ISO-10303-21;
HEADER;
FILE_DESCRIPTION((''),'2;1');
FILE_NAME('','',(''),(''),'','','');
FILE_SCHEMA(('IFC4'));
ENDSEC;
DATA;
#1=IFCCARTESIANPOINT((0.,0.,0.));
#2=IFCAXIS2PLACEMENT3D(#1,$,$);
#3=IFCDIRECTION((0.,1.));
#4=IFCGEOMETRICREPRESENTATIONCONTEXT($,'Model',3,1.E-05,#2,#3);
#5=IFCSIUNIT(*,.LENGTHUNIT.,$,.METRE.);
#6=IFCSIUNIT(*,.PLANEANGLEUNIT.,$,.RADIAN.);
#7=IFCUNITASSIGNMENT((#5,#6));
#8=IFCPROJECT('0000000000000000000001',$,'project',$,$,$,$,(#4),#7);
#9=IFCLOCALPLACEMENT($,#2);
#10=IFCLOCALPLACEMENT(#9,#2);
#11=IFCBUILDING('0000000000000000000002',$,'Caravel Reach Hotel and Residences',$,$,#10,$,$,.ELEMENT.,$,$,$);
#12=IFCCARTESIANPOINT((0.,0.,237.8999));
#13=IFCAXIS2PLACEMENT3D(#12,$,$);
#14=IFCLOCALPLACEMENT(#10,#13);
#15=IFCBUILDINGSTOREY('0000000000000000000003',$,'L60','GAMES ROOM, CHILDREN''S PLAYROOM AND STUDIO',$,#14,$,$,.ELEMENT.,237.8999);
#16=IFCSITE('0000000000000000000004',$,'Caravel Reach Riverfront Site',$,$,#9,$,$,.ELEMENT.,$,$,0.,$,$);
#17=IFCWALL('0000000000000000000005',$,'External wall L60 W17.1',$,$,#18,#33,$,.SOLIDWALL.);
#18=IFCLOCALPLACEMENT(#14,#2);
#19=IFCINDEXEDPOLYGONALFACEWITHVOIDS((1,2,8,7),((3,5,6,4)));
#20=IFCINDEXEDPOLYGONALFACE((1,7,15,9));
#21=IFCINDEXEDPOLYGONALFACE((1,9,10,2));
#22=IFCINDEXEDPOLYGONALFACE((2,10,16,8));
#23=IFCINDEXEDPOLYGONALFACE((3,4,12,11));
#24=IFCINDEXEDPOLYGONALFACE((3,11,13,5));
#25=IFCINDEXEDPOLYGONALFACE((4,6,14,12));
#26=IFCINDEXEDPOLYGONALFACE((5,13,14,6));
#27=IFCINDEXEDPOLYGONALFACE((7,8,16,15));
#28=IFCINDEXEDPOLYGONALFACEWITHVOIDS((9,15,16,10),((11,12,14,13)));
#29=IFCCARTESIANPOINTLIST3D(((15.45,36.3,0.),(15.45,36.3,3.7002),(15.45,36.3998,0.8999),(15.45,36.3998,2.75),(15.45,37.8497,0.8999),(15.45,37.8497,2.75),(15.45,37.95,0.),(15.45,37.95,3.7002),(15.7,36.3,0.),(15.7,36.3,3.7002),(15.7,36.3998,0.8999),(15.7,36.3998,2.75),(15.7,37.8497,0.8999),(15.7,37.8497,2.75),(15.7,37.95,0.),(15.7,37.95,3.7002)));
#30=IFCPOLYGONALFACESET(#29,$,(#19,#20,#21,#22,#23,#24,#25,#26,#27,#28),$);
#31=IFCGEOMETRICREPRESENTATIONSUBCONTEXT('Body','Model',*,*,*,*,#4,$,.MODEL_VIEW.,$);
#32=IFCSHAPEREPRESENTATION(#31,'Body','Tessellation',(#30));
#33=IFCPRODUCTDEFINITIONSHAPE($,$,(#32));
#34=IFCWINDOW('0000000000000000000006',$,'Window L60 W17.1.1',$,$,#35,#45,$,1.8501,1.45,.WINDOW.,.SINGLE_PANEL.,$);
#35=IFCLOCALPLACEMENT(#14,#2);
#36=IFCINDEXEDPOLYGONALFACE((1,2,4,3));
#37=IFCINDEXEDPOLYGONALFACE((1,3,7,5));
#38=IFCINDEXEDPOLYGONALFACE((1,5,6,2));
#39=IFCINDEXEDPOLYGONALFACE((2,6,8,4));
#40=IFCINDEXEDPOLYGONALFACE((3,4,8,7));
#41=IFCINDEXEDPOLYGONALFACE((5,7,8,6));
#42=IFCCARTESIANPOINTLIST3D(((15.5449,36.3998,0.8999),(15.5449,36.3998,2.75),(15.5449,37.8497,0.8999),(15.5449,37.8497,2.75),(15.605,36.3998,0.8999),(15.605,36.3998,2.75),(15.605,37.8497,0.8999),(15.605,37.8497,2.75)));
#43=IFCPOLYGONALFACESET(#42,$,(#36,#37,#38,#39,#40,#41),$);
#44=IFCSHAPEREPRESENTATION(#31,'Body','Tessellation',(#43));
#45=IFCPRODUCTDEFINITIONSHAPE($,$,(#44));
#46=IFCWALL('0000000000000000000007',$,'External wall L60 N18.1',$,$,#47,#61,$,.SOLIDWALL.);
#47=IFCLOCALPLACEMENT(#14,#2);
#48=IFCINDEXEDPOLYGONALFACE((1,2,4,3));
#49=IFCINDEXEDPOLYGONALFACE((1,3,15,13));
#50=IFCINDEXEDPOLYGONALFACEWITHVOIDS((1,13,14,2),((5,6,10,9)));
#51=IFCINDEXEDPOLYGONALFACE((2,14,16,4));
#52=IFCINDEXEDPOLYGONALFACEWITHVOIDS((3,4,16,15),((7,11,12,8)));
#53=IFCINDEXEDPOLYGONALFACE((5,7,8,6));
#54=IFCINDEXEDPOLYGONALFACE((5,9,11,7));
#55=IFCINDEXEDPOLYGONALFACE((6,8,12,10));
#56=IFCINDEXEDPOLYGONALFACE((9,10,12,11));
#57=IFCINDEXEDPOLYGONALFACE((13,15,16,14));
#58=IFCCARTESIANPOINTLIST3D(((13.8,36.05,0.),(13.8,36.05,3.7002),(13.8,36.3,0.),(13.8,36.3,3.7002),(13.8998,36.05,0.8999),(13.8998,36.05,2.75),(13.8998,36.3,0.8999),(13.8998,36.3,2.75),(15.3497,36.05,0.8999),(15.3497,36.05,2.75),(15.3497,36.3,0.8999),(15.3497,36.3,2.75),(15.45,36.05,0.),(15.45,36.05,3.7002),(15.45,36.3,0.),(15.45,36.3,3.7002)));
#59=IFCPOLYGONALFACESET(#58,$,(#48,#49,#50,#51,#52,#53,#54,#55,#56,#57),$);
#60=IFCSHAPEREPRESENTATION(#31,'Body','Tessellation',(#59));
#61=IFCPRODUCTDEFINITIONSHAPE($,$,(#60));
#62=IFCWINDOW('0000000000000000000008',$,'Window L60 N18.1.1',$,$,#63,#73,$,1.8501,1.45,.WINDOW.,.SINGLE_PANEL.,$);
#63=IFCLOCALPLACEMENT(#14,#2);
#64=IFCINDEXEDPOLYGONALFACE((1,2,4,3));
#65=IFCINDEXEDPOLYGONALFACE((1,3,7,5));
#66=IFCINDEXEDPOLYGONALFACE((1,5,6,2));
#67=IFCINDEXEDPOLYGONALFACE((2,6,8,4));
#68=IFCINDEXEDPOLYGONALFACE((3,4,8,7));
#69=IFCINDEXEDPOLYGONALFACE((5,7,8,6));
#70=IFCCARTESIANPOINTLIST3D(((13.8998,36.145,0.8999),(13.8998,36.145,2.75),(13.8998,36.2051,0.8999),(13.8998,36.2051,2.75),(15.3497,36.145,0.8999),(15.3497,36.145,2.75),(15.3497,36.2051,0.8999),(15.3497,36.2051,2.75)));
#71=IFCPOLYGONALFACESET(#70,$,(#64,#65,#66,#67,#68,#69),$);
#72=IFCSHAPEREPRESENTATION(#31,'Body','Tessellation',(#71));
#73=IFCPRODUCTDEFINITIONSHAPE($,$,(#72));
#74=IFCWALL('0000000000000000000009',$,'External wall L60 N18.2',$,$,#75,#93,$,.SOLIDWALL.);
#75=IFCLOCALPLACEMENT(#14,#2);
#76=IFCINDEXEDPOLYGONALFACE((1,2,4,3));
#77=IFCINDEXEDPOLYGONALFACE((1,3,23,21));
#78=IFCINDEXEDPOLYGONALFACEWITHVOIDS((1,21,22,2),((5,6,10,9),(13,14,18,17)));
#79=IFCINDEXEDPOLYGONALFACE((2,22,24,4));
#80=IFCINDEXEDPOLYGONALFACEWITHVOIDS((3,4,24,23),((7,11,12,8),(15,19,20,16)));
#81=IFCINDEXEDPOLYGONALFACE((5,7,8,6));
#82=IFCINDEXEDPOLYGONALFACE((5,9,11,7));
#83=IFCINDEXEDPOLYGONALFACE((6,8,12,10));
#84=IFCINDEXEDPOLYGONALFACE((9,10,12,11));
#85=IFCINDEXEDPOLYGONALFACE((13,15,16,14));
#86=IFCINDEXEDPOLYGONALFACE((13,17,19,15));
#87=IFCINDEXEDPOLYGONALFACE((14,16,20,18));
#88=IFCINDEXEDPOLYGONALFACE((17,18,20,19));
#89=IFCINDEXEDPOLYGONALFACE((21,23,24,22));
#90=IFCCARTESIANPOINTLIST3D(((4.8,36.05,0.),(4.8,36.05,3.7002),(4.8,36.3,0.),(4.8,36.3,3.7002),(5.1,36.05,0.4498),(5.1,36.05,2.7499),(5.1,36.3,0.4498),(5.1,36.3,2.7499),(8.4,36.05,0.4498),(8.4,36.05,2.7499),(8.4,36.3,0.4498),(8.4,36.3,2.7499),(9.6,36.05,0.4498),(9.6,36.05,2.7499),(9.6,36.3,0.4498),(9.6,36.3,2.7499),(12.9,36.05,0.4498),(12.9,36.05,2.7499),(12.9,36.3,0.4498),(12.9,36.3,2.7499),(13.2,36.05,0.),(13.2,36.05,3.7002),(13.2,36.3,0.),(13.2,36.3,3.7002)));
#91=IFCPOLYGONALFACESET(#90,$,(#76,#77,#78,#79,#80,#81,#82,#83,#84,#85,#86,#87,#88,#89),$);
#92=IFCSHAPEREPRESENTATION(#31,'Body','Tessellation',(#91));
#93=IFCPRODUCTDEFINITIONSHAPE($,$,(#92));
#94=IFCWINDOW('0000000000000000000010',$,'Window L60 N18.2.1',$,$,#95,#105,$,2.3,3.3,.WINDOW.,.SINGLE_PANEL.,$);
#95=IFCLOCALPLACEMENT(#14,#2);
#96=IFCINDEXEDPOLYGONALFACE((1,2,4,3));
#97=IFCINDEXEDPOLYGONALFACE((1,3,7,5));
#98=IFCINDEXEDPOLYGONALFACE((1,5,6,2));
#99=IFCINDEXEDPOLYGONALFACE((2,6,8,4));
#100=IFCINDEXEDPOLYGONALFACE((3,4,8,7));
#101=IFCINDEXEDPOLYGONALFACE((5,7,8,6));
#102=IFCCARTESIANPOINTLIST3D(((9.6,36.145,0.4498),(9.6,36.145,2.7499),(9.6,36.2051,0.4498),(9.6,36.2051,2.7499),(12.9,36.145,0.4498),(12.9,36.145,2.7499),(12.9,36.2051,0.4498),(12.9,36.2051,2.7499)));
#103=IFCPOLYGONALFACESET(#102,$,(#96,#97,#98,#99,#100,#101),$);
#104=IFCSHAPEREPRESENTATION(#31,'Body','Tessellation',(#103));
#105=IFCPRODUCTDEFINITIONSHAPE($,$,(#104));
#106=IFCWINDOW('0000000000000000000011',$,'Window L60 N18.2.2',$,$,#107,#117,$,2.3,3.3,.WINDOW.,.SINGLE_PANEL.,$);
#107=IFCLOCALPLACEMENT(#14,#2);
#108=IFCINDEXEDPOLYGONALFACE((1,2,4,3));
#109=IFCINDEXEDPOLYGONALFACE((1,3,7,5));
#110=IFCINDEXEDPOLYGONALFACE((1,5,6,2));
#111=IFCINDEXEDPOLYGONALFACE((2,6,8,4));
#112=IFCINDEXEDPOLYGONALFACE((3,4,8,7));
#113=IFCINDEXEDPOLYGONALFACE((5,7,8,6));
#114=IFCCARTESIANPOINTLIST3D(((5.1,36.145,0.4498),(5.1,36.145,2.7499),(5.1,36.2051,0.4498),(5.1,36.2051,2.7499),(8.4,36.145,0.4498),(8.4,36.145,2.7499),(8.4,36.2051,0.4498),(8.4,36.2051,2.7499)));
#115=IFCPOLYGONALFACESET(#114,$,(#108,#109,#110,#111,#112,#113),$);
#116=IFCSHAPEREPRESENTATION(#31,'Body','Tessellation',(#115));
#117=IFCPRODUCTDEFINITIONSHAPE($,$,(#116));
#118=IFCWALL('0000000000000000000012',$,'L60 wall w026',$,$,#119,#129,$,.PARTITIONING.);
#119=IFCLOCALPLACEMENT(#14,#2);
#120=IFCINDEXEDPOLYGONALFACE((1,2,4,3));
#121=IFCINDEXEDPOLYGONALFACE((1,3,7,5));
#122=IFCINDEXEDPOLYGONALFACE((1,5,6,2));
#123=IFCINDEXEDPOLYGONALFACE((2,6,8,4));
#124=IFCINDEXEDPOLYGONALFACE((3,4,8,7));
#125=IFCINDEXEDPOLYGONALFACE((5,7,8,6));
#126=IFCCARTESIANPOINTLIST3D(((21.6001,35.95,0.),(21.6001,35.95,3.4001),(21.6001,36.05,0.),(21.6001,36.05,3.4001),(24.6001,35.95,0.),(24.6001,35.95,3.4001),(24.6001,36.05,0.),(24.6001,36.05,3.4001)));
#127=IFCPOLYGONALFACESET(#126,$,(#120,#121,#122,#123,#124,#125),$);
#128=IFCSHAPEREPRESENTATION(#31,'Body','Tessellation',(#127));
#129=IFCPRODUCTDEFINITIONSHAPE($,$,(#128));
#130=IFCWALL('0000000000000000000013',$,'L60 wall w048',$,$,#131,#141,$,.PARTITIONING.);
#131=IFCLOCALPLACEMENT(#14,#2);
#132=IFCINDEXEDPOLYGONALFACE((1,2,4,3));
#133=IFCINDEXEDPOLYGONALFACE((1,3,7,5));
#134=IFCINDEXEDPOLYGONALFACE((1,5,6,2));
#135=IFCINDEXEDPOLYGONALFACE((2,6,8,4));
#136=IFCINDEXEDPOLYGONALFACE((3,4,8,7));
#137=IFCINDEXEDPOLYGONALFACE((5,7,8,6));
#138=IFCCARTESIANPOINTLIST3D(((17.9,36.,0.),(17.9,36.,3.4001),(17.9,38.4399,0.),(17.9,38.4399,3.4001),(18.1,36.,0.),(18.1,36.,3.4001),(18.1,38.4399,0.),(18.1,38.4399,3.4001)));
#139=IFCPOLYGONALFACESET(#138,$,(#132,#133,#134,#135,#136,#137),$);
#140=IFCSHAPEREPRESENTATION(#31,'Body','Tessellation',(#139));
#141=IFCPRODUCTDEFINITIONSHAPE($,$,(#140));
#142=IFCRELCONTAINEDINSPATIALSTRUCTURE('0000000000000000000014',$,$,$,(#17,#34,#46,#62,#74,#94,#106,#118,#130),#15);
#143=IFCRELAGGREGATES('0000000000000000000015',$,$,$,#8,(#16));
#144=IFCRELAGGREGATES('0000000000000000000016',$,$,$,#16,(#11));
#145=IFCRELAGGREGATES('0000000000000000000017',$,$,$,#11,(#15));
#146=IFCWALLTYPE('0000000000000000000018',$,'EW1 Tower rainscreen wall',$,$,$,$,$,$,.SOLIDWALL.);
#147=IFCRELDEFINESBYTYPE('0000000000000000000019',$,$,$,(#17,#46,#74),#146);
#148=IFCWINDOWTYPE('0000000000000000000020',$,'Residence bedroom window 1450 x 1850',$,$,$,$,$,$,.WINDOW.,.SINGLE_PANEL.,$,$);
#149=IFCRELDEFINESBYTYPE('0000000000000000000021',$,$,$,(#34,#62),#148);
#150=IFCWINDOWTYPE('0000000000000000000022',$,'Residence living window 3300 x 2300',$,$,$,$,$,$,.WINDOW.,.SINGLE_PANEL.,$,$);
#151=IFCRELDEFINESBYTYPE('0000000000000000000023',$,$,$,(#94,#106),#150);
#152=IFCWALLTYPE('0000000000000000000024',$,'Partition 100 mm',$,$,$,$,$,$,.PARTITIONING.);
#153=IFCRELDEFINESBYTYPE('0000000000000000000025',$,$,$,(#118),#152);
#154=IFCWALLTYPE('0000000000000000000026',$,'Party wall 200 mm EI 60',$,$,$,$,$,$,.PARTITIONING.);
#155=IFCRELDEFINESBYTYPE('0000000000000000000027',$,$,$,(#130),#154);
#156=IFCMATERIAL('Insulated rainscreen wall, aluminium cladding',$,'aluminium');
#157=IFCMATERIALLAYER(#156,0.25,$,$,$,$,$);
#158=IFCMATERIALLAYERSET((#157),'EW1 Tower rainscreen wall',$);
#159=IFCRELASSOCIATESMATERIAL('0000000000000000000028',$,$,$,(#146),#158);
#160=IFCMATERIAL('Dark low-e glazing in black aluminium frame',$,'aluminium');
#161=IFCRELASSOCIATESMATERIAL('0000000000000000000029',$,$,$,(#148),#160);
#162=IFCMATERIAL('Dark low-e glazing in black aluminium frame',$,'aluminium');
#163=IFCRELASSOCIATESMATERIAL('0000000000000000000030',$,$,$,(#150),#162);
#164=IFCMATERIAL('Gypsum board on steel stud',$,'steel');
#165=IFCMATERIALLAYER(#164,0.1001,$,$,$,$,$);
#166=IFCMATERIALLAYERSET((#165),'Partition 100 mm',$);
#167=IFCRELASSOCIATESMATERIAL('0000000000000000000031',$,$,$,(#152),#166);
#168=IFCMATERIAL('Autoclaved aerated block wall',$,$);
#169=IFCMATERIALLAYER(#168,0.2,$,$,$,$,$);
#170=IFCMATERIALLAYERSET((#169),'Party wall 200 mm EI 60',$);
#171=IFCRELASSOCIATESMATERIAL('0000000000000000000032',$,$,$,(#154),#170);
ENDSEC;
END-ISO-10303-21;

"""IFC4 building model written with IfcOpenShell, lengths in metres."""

from ifc_helpers import new_model, si_unit, direction, frame, frame_2d, origin, place, context, subcontext, project, spatial, rectangle, extrude, material, layer, layer_set, type_object, element, fill, save


model = new_model("IFC4")

# Units and contexts
model_context = context("Model", 3, precision=1e-05, world=origin(), true_north=direction((0.0, 1.0)))
body_context = subcontext(model_context, "Body", "Model", "MODEL_VIEW")
ifc_project = project(units=[si_unit("LENGTHUNIT", "METRE"), si_unit("PLANEANGLEUNIT", "RADIAN")], contexts=[model_context])

# Site, building, storey
site_placement = place(None, origin())
site = spatial("IfcSite", under=ifc_project, at=site_placement, Name="Caravel Reach Riverfront Site", CompositionType="ELEMENT", RefElevation=0.0)
building_placement = place(site_placement, origin())
building = spatial("IfcBuilding", under=site, at=building_placement, Name="Caravel Reach Hotel and Residences", CompositionType="ELEMENT")
storey_placement = place(building_placement, frame((0.0, 0.0, 237.8999)))
storey = spatial("IfcBuildingStorey", under=building, at=storey_placement, Name="L60", Description="GAMES ROOM, CHILDREN'S PLAYROOM AND STUDIO", CompositionType="ELEMENT", Elevation=237.8999)

# Walls, openings, windows
ifc_material_1 = material(Name="Insulated rainscreen wall, aluminium cladding", Category="aluminium")
ifc_layer_1 = layer(ifc_material_1, 0.25)
ifc_layer_set_1 = layer_set([ifc_layer_1], Name="EW1 Tower rainscreen wall")
wall_type_1 = type_object("IfcWallType", Name="EW1 Tower rainscreen wall", PredefinedType="SOLIDWALL", material=ifc_layer_set_1)
ifc_material_2 = material(Name="Dark low-e glazing in black aluminium frame", Category="aluminium")
window_type_1 = type_object("IfcWindowType", Name="Residence bedroom window 1450 x 1850", PartitioningType="SINGLE_PANEL", PredefinedType="WINDOW", material=ifc_material_2)
wall_1_placement = place(storey_placement, frame((15.575, 37.95, 0.0), z_axis=(0.0, 0.0, 1.0), x_axis=(0.0, -1.0, 0.0)))
wall_1 = element("IfcWall", 1, at=wall_1_placement, inside=storey, type_object=wall_type_1, Name="External wall L60 W17.1", PredefinedType="SOLIDWALL", context=body_context, shape_type="SweptSolid", body=[
    extrude(rectangle(XDim=1.6499, YDim=0.25, at=frame_2d((0.825, 0.0))), origin(), (0.0, 0.0, 1.0), 3.7002),
])
opening_1_placement = place(wall_1_placement, frame((0.1001, 0.0, 0.8999)))
opening_1 = element("IfcOpeningElement", 2, at=opening_1_placement, cuts=wall_1, PredefinedType="OPENING", context=body_context, shape_type="SweptSolid", body=[
    extrude(rectangle(XDim=1.45, YDim=1.8501, at=frame_2d((0.7251, 0.925))), frame((0.0, 0.135, 0.0), z_axis=(0.0, -1.0, 0.0), x_axis=(1.0, 0.0, 0.0)), (0.0, 0.0, 1.0), 0.27),
])
window_1_placement = place(opening_1_placement, origin())
window_1 = element("IfcWindow", 3, at=window_1_placement, inside=storey, type_object=window_type_1, Name="Window L60 W17.1.1", OverallHeight=1.8501, OverallWidth=1.45, PartitioningType="SINGLE_PANEL", PredefinedType="WINDOW", context=body_context, shape_type="SweptSolid", body=[
    extrude(rectangle(XDim=1.45, YDim=1.8501, at=frame_2d((0.7251, 0.925))), frame((0.0, 0.03, 0.0), z_axis=(0.0, -1.0, 0.0), x_axis=(1.0, 0.0, 0.0)), (0.0, 0.0, 1.0), 0.0601),
])
fill(opening_1, window_1)
wall_2_placement = place(storey_placement, frame((15.45, 36.175, 0.0), z_axis=(0.0, 0.0, 1.0), x_axis=(-1.0, 0.0, 0.0)))
wall_2 = element("IfcWall", 4, at=wall_2_placement, inside=storey, type_object=wall_type_1, Name="External wall L60 N18.1", PredefinedType="SOLIDWALL", context=body_context, shape_type="SweptSolid", body=[
    extrude(rectangle(XDim=1.6499, YDim=0.25, at=frame_2d((0.825, 0.0))), origin(), (0.0, 0.0, 1.0), 3.7002),
])
opening_2_placement = place(wall_2_placement, frame((0.1001, 0.0, 0.8999)))
opening_2 = element("IfcOpeningElement", 5, at=opening_2_placement, cuts=wall_2, PredefinedType="OPENING", context=body_context, shape_type="SweptSolid", body=[
    extrude(rectangle(XDim=1.45, YDim=1.8501, at=frame_2d((0.7251, 0.925))), frame((0.0, 0.135, 0.0), z_axis=(0.0, -1.0, 0.0), x_axis=(1.0, 0.0, 0.0)), (0.0, 0.0, 1.0), 0.27),
])
window_2_placement = place(opening_2_placement, origin())
window_2 = element("IfcWindow", 6, at=window_2_placement, inside=storey, type_object=window_type_1, Name="Window L60 N18.1.1", OverallHeight=1.8501, OverallWidth=1.45, PartitioningType="SINGLE_PANEL", PredefinedType="WINDOW", context=body_context, shape_type="SweptSolid", body=[
    extrude(rectangle(XDim=1.45, YDim=1.8501, at=frame_2d((0.7251, 0.925))), frame((0.0, 0.03, 0.0), z_axis=(0.0, -1.0, 0.0), x_axis=(1.0, 0.0, 0.0)), (0.0, 0.0, 1.0), 0.0601),
])
fill(opening_2, window_2)

# Wall, openings, windows
wall_3_placement = place(storey_placement, frame((13.2, 36.175, 0.0), z_axis=(0.0, 0.0, 1.0), x_axis=(-1.0, 0.0, 0.0)))
wall_3 = element("IfcWall", 7, at=wall_3_placement, inside=storey, type_object=wall_type_1, Name="External wall L60 N18.2", PredefinedType="SOLIDWALL", context=body_context, shape_type="SweptSolid", body=[
    extrude(rectangle(XDim=8.3999, YDim=0.25, at=frame_2d((4.2, 0.0))), origin(), (0.0, 0.0, 1.0), 3.7002),
])
opening_3_placement = place(wall_3_placement, frame((0.3, 0.0, 0.45)))
opening_3 = element("IfcOpeningElement", 8, at=opening_3_placement, cuts=wall_3, PredefinedType="OPENING", context=body_context, shape_type="SweptSolid", body=[
    extrude(rectangle(XDim=3.3, YDim=2.3, at=frame_2d((1.6499, 1.1499))), frame((0.0, 0.135, 0.0), z_axis=(0.0, -1.0, 0.0), x_axis=(1.0, 0.0, 0.0)), (0.0, 0.0, 1.0), 0.27),
])
opening_4_placement = place(wall_3_placement, frame((4.8, 0.0, 0.45)))
opening_4 = element("IfcOpeningElement", 9, at=opening_4_placement, cuts=wall_3, PredefinedType="OPENING", context=body_context, shape_type="SweptSolid", body=[
    extrude(rectangle(XDim=3.3, YDim=2.3, at=frame_2d((1.6499, 1.1499))), frame((0.0, 0.135, 0.0), z_axis=(0.0, -1.0, 0.0), x_axis=(1.0, 0.0, 0.0)), (0.0, 0.0, 1.0), 0.27),
])
ifc_material_3 = material(Name="Dark low-e glazing in black aluminium frame", Category="aluminium")
window_type_2 = type_object("IfcWindowType", Name="Residence living window 3300 x 2300", PartitioningType="SINGLE_PANEL", PredefinedType="WINDOW", material=ifc_material_3)
window_3_placement = place(opening_3_placement, origin())
window_3 = element("IfcWindow", 10, at=window_3_placement, inside=storey, type_object=window_type_2, Name="Window L60 N18.2.1", OverallHeight=2.3, OverallWidth=3.3, PartitioningType="SINGLE_PANEL", PredefinedType="WINDOW", context=body_context, shape_type="SweptSolid", body=[
    extrude(rectangle(XDim=3.3, YDim=2.3, at=frame_2d((1.6499, 1.1499))), frame((0.0, 0.03, 0.0), z_axis=(0.0, -1.0, 0.0), x_axis=(1.0, 0.0, 0.0)), (0.0, 0.0, 1.0), 0.0601),
])
fill(opening_3, window_3)
window_4_placement = place(opening_4_placement, origin())
window_4 = element("IfcWindow", 11, at=window_4_placement, inside=storey, type_object=window_type_2, Name="Window L60 N18.2.2", OverallHeight=2.3, OverallWidth=3.3, PartitioningType="SINGLE_PANEL", PredefinedType="WINDOW", context=body_context, shape_type="SweptSolid", body=[
    extrude(rectangle(XDim=3.3, YDim=2.3, at=frame_2d((1.6499, 1.1499))), frame((0.0, 0.03, 0.0), z_axis=(0.0, -1.0, 0.0), x_axis=(1.0, 0.0, 0.0)), (0.0, 0.0, 1.0), 0.0601),
])
fill(opening_4, window_4)

# Walls
ifc_material_4 = material(Name="Gypsum board on steel stud", Category="steel")
ifc_layer_2 = layer(ifc_material_4, 0.1001)
ifc_layer_set_2 = layer_set([ifc_layer_2], Name="Partition 100 mm")
wall_type_2 = type_object("IfcWallType", Name="Partition 100 mm", PredefinedType="PARTITIONING", material=ifc_layer_set_2)
wall_4_placement = place(storey_placement, frame((21.6001, 36.0, 0.0), z_axis=(0.0, 0.0, 1.0), x_axis=(1.0, 0.0, 0.0)))
element("IfcWall", 12, at=wall_4_placement, inside=storey, type_object=wall_type_2, Name="L60 wall w026", PredefinedType="PARTITIONING", context=body_context, shape_type="SweptSolid", body=[
    extrude(rectangle(XDim=3.0, YDim=0.1001, at=frame_2d((1.5, 0.0))), origin(), (0.0, 0.0, 1.0), 3.4001),
])
ifc_material_5 = material(Name="Autoclaved aerated block wall")
ifc_layer_3 = layer(ifc_material_5, 0.2)
ifc_layer_set_3 = layer_set([ifc_layer_3], Name="Party wall 200 mm EI 60")
wall_type_3 = type_object("IfcWallType", Name="Party wall 200 mm EI 60", PredefinedType="PARTITIONING", material=ifc_layer_set_3)
wall_5_placement = place(storey_placement, frame((18.0, 36.0, 0.0), z_axis=(0.0, 0.0, 1.0), x_axis=(0.0, 1.0, 0.0)))
element("IfcWall", 13, at=wall_5_placement, inside=storey, type_object=wall_type_3, Name="L60 wall w048", PredefinedType="PARTITIONING", context=body_context, shape_type="SweptSolid", body=[
    extrude(rectangle(XDim=2.4399, YDim=0.2, at=frame_2d((1.22, 0.0))), origin(), (0.0, 0.0, 1.0), 3.4001),
])

save(model, "model.ifc")
